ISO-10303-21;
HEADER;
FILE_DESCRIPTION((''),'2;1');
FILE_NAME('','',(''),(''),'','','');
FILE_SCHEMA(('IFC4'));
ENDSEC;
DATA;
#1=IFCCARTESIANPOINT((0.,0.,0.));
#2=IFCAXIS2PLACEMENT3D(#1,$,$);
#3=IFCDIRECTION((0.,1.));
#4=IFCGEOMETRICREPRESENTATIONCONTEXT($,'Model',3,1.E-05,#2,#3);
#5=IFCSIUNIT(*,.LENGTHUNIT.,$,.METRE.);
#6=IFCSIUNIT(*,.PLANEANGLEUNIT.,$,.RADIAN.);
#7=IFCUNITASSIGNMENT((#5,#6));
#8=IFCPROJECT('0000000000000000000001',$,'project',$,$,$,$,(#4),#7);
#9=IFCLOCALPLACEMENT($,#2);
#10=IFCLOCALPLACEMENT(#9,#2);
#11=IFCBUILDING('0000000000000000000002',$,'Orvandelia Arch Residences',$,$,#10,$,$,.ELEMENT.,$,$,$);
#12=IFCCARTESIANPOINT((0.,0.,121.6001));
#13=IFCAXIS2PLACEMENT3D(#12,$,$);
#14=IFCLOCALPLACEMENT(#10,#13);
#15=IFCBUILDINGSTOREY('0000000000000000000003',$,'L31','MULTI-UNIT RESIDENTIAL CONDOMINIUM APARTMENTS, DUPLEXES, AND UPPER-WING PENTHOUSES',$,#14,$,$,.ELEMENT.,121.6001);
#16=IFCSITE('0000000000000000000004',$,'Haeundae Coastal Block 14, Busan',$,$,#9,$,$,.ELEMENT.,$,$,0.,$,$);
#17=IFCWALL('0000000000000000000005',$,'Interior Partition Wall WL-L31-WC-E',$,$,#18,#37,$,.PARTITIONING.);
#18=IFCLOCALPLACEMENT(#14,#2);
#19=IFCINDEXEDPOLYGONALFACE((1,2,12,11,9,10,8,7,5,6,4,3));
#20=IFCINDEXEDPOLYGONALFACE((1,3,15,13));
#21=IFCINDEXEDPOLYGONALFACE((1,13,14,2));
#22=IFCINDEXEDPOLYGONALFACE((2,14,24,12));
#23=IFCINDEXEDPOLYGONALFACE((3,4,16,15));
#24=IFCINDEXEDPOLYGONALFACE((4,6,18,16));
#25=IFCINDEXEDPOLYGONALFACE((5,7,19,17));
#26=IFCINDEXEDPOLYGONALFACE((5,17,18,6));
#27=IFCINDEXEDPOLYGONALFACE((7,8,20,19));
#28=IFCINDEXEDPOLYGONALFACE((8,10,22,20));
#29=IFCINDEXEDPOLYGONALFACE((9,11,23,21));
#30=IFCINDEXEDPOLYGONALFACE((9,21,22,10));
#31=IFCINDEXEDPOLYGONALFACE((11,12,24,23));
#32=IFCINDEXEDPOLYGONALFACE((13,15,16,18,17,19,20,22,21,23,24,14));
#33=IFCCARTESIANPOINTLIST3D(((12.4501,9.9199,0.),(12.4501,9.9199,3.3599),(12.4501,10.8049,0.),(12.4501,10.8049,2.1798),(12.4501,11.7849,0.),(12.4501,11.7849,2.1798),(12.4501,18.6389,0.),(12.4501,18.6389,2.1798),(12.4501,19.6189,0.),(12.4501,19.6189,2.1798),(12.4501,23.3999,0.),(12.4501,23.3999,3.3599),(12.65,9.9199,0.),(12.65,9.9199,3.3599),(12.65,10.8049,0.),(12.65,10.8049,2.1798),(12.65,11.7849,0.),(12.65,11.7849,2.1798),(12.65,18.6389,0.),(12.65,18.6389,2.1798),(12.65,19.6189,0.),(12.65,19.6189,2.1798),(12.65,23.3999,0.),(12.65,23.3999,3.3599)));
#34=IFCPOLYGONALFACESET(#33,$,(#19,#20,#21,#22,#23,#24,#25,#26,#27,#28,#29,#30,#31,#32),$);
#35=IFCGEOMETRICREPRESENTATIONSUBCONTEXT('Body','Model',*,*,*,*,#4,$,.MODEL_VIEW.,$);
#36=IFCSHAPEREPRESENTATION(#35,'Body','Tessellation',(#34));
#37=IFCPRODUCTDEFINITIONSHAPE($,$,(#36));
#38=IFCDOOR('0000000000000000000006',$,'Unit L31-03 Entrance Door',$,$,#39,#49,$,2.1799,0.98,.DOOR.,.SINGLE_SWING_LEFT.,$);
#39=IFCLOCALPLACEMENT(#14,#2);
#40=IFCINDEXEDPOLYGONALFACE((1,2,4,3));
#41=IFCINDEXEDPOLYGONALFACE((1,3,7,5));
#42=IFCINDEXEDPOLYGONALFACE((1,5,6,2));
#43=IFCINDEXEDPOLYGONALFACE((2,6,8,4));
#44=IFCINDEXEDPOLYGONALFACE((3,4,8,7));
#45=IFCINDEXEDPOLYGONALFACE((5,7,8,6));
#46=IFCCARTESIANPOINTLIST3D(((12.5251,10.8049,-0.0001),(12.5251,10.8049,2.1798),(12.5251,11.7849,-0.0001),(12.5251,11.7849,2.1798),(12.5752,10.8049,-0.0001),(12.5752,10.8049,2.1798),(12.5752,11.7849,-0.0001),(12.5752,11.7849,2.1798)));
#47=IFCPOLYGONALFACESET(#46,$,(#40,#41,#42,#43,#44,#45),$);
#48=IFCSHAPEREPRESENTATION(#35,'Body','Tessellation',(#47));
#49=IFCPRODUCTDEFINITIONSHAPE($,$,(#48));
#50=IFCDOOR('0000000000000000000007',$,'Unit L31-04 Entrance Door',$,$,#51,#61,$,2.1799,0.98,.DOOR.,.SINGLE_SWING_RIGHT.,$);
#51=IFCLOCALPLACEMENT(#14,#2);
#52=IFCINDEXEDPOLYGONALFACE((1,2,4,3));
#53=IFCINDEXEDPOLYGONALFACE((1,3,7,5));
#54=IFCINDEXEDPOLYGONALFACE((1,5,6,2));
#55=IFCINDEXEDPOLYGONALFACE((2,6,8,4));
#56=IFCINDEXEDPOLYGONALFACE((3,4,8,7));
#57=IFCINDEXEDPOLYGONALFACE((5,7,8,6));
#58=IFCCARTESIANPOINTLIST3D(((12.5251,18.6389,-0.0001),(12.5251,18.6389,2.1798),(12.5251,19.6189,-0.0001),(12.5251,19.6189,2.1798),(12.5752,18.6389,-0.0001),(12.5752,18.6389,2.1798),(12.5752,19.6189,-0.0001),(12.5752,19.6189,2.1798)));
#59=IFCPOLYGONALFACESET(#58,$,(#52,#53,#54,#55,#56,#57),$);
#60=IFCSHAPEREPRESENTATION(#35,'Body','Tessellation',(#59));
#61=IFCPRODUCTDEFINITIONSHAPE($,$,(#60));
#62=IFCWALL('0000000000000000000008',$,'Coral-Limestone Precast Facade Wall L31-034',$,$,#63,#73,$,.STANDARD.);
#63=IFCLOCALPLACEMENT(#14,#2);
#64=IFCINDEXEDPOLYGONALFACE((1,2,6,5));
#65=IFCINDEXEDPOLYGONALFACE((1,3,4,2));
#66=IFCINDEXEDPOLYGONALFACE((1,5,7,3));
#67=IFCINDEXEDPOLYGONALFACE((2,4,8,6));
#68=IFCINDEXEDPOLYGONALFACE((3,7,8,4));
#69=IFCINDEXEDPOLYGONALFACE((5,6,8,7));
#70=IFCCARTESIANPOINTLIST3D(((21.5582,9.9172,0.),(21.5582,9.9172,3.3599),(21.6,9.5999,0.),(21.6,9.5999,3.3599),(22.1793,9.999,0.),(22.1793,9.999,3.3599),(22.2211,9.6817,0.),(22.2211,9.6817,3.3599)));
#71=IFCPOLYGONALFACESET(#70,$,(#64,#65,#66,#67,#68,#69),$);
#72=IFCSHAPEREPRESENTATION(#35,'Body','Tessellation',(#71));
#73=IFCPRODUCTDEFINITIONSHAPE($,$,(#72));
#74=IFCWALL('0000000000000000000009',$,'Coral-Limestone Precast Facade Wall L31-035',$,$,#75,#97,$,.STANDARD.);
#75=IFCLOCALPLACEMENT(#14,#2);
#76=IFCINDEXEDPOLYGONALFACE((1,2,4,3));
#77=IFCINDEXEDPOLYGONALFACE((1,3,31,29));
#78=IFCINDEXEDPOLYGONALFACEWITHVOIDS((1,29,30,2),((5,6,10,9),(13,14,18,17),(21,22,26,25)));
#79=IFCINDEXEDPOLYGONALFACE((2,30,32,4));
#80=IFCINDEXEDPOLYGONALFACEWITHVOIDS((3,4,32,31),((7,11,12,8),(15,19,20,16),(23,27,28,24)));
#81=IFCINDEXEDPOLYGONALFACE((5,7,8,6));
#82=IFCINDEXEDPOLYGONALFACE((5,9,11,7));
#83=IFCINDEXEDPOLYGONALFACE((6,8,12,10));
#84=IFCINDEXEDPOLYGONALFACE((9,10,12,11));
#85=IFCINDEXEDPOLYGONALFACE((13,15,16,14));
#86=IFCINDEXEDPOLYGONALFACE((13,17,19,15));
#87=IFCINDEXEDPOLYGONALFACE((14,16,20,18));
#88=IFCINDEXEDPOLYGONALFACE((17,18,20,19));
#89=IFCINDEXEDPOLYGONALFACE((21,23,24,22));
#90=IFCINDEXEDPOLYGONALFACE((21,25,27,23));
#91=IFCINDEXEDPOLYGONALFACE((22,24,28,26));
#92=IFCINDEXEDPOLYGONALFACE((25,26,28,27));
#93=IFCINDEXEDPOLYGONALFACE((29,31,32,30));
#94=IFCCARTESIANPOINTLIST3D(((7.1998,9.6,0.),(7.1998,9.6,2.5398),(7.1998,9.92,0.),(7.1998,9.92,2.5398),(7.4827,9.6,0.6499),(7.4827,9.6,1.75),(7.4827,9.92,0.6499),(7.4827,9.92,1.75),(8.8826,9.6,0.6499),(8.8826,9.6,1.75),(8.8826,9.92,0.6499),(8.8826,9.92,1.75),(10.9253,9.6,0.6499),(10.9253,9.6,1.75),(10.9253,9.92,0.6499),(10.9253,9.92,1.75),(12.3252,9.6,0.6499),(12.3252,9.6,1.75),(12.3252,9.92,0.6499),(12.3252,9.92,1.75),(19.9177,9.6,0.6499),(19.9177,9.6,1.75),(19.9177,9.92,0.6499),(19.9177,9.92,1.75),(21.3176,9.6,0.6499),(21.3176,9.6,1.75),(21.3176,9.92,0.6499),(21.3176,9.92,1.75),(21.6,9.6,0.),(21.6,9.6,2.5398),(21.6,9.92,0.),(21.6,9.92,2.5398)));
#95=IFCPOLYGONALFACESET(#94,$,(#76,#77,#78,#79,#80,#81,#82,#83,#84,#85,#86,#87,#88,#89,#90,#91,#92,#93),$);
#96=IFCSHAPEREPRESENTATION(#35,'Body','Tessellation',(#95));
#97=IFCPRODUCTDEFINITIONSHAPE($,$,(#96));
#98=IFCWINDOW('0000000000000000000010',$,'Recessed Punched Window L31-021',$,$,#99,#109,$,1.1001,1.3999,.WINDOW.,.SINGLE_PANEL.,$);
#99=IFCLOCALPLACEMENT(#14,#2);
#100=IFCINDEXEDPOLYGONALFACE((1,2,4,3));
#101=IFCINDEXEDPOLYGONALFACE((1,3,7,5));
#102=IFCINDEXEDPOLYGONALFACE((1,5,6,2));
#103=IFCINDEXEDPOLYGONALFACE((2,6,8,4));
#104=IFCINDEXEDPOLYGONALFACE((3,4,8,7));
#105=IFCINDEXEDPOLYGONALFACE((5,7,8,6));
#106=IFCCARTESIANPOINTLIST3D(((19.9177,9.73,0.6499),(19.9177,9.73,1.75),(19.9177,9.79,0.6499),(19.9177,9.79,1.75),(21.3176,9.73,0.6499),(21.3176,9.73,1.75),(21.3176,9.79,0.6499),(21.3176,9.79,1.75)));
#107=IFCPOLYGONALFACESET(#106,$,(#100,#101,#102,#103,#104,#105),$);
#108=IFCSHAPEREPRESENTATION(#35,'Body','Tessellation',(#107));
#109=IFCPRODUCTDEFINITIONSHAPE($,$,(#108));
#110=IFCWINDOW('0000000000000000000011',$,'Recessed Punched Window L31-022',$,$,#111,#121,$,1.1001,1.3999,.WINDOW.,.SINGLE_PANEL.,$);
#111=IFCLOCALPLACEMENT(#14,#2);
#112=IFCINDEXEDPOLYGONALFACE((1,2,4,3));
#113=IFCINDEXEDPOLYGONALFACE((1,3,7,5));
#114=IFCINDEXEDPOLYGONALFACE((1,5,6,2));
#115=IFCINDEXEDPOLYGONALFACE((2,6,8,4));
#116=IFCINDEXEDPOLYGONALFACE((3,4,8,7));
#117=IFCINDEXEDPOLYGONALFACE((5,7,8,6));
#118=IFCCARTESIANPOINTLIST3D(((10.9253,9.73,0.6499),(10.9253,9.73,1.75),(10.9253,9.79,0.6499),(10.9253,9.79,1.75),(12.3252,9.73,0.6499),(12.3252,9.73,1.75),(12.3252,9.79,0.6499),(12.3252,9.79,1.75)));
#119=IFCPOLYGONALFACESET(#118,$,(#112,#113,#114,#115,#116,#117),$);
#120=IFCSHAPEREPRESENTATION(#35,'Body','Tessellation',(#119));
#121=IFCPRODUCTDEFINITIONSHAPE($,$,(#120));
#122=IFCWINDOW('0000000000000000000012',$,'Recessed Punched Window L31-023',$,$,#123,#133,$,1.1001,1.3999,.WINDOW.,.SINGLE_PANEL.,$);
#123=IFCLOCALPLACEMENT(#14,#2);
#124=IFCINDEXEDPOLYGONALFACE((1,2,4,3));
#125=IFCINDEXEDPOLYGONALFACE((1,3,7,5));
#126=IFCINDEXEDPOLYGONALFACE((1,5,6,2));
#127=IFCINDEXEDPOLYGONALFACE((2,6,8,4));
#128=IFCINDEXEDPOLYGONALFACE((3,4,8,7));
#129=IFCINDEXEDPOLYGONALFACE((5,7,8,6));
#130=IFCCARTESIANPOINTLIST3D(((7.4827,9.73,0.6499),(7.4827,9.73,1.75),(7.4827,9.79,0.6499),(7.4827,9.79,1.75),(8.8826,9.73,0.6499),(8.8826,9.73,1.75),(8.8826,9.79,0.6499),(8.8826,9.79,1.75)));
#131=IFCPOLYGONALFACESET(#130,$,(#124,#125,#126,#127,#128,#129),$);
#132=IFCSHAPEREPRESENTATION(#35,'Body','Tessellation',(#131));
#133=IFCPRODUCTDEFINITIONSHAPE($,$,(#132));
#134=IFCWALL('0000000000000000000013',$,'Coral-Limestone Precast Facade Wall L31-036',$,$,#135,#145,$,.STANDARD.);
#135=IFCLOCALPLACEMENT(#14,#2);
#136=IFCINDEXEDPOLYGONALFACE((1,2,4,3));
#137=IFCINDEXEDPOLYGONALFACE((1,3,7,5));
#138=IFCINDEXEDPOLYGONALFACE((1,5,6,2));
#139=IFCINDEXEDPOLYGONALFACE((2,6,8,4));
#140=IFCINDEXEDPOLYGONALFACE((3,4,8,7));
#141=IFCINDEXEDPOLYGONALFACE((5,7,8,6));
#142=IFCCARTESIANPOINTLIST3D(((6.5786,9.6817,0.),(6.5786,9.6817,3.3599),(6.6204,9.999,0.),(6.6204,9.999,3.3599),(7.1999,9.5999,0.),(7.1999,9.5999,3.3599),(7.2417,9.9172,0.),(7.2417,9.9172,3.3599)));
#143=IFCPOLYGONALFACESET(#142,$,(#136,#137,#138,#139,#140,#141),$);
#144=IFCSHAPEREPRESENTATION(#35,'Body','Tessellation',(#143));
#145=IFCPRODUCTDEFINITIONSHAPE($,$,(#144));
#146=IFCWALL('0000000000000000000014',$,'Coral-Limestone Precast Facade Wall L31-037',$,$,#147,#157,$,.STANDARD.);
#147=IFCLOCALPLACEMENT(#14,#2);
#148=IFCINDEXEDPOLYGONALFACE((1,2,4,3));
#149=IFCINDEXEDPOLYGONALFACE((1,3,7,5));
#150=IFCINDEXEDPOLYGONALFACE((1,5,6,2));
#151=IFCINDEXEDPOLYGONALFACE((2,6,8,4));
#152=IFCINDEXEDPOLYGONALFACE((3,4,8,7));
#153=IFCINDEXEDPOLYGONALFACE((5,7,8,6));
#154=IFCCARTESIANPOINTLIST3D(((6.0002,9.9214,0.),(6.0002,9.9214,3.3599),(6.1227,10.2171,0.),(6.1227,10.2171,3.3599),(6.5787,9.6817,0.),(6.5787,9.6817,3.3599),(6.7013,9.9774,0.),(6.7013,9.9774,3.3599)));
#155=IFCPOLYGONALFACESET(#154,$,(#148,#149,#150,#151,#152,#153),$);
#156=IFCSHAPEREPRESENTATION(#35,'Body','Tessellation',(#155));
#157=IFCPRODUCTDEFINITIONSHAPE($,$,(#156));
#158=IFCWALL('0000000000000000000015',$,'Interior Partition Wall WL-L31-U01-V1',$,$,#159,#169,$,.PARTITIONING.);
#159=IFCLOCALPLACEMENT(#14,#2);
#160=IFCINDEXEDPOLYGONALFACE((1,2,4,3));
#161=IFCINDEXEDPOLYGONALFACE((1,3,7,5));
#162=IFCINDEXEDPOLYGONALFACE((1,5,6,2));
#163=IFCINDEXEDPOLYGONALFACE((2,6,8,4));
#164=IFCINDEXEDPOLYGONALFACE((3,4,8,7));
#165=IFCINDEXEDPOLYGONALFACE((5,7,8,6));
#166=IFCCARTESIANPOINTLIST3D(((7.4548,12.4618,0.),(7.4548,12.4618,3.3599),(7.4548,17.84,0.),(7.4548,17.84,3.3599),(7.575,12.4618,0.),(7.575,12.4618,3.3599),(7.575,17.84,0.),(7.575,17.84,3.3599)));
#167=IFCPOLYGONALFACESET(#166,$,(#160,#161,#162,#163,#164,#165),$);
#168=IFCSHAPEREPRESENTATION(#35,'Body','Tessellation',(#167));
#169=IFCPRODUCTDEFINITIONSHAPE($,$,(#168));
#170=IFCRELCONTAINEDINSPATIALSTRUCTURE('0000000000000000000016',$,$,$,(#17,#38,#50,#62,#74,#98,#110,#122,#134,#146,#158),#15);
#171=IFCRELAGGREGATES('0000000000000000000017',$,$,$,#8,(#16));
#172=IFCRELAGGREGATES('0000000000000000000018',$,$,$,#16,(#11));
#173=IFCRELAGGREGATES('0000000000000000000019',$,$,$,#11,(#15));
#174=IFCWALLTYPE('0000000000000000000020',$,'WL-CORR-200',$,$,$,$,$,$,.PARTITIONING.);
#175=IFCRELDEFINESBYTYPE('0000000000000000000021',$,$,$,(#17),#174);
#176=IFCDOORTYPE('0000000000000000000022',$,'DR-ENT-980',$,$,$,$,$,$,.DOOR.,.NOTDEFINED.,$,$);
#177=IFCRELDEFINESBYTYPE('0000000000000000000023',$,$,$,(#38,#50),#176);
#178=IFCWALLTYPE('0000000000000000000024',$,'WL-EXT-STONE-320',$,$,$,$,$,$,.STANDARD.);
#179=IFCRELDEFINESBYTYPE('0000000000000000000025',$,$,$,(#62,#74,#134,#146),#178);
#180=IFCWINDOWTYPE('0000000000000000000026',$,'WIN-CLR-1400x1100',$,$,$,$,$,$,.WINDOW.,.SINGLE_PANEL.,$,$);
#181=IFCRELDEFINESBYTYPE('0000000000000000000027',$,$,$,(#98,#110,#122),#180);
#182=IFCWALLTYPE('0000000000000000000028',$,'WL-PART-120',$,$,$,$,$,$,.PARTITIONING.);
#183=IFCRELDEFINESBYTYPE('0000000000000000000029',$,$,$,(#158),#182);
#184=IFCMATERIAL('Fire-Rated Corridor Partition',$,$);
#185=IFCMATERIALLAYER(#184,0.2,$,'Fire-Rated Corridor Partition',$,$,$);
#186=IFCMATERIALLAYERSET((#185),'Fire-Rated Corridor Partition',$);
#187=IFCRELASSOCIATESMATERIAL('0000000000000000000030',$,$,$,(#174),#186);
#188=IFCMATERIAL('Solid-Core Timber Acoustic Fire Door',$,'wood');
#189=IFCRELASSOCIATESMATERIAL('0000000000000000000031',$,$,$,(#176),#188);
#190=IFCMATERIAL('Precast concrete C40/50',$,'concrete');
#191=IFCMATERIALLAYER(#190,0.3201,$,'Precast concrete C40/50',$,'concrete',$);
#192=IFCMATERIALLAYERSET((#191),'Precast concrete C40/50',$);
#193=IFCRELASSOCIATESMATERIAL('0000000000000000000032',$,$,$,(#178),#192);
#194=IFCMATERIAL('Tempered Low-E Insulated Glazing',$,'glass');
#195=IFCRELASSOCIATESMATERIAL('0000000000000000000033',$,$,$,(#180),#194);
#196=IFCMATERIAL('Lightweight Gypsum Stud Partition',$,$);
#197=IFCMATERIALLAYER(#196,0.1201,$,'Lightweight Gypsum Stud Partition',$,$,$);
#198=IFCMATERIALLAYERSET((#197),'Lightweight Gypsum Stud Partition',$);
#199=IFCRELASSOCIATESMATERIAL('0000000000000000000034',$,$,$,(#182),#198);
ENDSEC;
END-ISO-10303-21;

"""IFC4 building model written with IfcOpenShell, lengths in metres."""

from ifc_helpers import new_model, si_unit, direction, frame, frame_2d, origin, place, context, subcontext, project, spatial, rectangle, extrude, material, layer, layer_set, type_object, element, fill, save


model = new_model("IFC4")

# Units and contexts
model_context = context("Model", 3, precision=1e-05, world=origin(), true_north=direction((0.0, 1.0)))
body_context = subcontext(model_context, "Body", "Model", "MODEL_VIEW")
ifc_project = project(units=[si_unit("LENGTHUNIT", "METRE"), si_unit("PLANEANGLEUNIT", "RADIAN")], contexts=[model_context])

# Site, building, storey
site_placement = place(None, origin())
site = spatial("IfcSite", under=ifc_project, at=site_placement, Name="Haeundae Coastal Block 14, Busan", CompositionType="ELEMENT", RefElevation=0.0)
building_placement = place(site_placement, origin())
building = spatial("IfcBuilding", under=site, at=building_placement, Name="Orvandelia Arch Residences", CompositionType="ELEMENT")
storey_placement = place(building_placement, frame((0.0, 0.0, 121.6001)))
storey = spatial("IfcBuildingStorey", under=building, at=storey_placement, Name="L31", Description="MULTI-UNIT RESIDENTIAL CONDOMINIUM APARTMENTS, DUPLEXES, AND UPPER-WING PENTHOUSES", CompositionType="ELEMENT", Elevation=121.6001)

# Wall, openings, doors
ifc_material_1 = material(Name="Fire-Rated Corridor Partition")
ifc_layer_1 = layer(ifc_material_1, 0.2, Name="Fire-Rated Corridor Partition")
ifc_layer_set_1 = layer_set([ifc_layer_1], Name="Fire-Rated Corridor Partition")
wall_type_1 = type_object("IfcWallType", Name="WL-CORR-200", PredefinedType="PARTITIONING", material=ifc_layer_set_1)
ifc_material_2 = material(Name="Solid-Core Timber Acoustic Fire Door", Category="wood")
door_type_1 = type_object("IfcDoorType", Name="DR-ENT-980", OperationType="NOTDEFINED", PredefinedType="DOOR", material=ifc_material_2)
wall_1_placement = place(storey_placement, frame((12.55, 9.9199, 0.0), z_axis=(0.0, 0.0, 1.0), x_axis=(0.0, 1.0, 0.0)))
wall_1 = element("IfcWall", 1, at=wall_1_placement, inside=storey, type_object=wall_type_1, Name="Interior Partition Wall WL-L31-WC-E", PredefinedType="PARTITIONING", context=body_context, shape_type="SweptSolid", body=[
    extrude(rectangle(XDim=13.48, YDim=0.2, at=frame_2d((6.74, 0.0))), origin(), (0.0, 0.0, 1.0), 3.3599),
])
opening_1_placement = place(wall_1_placement, frame((0.885, 0.0, 0.0)))
opening_1 = element("IfcOpeningElement", 2, at=opening_1_placement, cuts=wall_1, PredefinedType="OPENING", context=body_context, shape_type="SweptSolid", body=[
    extrude(rectangle(XDim=0.98, YDim=2.1799, at=frame_2d((0.49, 1.0898))), frame((0.0, 0.1099, 0.0), z_axis=(0.0, -1.0, 0.0), x_axis=(1.0, 0.0, 0.0)), (0.0, 0.0, 1.0), 0.22),
])
opening_2_placement = place(wall_1_placement, frame((8.719, 0.0, 0.0)))
opening_2 = element("IfcOpeningElement", 3, at=opening_2_placement, cuts=wall_1, PredefinedType="OPENING", context=body_context, shape_type="SweptSolid", body=[
    extrude(rectangle(XDim=0.98, YDim=2.1799, at=frame_2d((0.49, 1.0898))), frame((0.0, 0.1099, 0.0), z_axis=(0.0, -1.0, 0.0), x_axis=(1.0, 0.0, 0.0)), (0.0, 0.0, 1.0), 0.22),
])
door_1_placement = place(opening_1_placement, origin())
door_1 = element("IfcDoor", 4, at=door_1_placement, inside=storey, type_object=door_type_1, Name="Unit L31-03 Entrance Door", OperationType="SINGLE_SWING_LEFT", OverallHeight=2.1799, OverallWidth=0.98, PredefinedType="DOOR", context=body_context, shape_type="SweptSolid", body=[
    extrude(rectangle(XDim=0.98, YDim=2.1799, at=frame_2d((0.49, 1.0898))), frame((0.0, 0.0249, 0.0), z_axis=(0.0, -1.0, 0.0), x_axis=(1.0, 0.0, 0.0)), (0.0, 0.0, 1.0), 0.05),
])
fill(opening_1, door_1)
door_2_placement = place(opening_2_placement, origin())
door_2 = element("IfcDoor", 5, at=door_2_placement, inside=storey, type_object=door_type_1, Name="Unit L31-04 Entrance Door", OperationType="SINGLE_SWING_RIGHT", OverallHeight=2.1799, OverallWidth=0.98, PredefinedType="DOOR", context=body_context, shape_type="SweptSolid", body=[
    extrude(rectangle(XDim=0.98, YDim=2.1799, at=frame_2d((0.49, 1.0898))), frame((0.0, 0.0249, 0.0), z_axis=(0.0, -1.0, 0.0), x_axis=(1.0, 0.0, 0.0)), (0.0, 0.0, 1.0), 0.05),
])
fill(opening_2, door_2)

# Wall
ifc_material_3 = material(Name="Precast concrete C40/50", Category="concrete")
ifc_layer_2 = layer(ifc_material_3, 0.3201, Name="Precast concrete C40/50", Category="concrete")
ifc_layer_set_2 = layer_set([ifc_layer_2], Name="Precast concrete C40/50")
wall_type_2 = type_object("IfcWallType", Name="WL-EXT-STONE-320", PredefinedType="STANDARD", material=ifc_layer_set_2)
wall_2_placement = place(storey_placement, frame((22.2002, 9.8403, 0.0), z_axis=(0.0, 0.0, 1.0), x_axis=(-0.991441, -0.130555, 0.0)))
element("IfcWall", 6, at=wall_2_placement, inside=storey, type_object=wall_type_2, Name="Coral-Limestone Precast Facade Wall L31-034", PredefinedType="STANDARD", context=body_context, shape_type="SweptSolid", body=[
    extrude(rectangle(XDim=0.6265, YDim=0.3201, at=frame_2d((0.3132, 0.0))), origin(), (0.0, 0.0, 1.0), 3.3599),
])

# Wall, openings, windows
wall_3_placement = place(storey_placement, frame((21.6001, 9.76, 0.0), z_axis=(0.0, 0.0, 1.0), x_axis=(-1.0, 0.0, 0.0)))
wall_3 = element("IfcWall", 7, at=wall_3_placement, inside=storey, type_object=wall_type_2, Name="Coral-Limestone Precast Facade Wall L31-035", PredefinedType="STANDARD", context=body_context, shape_type="SweptSolid", body=[
    extrude(rectangle(XDim=14.4001, YDim=0.3201, at=frame_2d((7.2002, 0.0))), origin(), (0.0, 0.0, 1.0), 2.5398),
])
opening_3_placement = place(wall_3_placement, frame((0.2825, 0.0, 0.6499)))
opening_3 = element("IfcOpeningElement", 8, at=opening_3_placement, cuts=wall_3, PredefinedType="OPENING", context=body_context, shape_type="SweptSolid", body=[
    extrude(rectangle(XDim=1.3999, YDim=1.1001, at=frame_2d((0.7, 0.55))), frame((0.0, 0.1699, 0.0), z_axis=(0.0, -1.0, 0.0), x_axis=(1.0, 0.0, 0.0)), (0.0, 0.0, 1.0), 0.3401),
])
opening_4_placement = place(wall_3_placement, frame((9.2749, 0.0, 0.6499)))
opening_4 = element("IfcOpeningElement", 9, at=opening_4_placement, cuts=wall_3, PredefinedType="OPENING", context=body_context, shape_type="SweptSolid", body=[
    extrude(rectangle(XDim=1.3999, YDim=1.1001, at=frame_2d((0.7, 0.55))), frame((0.0, 0.1699, 0.0), z_axis=(0.0, -1.0, 0.0), x_axis=(1.0, 0.0, 0.0)), (0.0, 0.0, 1.0), 0.3401),
])
opening_5_placement = place(wall_3_placement, frame((12.7175, 0.0, 0.6499)))
opening_5 = element("IfcOpeningElement", 10, at=opening_5_placement, cuts=wall_3, PredefinedType="OPENING", context=body_context, shape_type="SweptSolid", body=[
    extrude(rectangle(XDim=1.3999, YDim=1.1001, at=frame_2d((0.7, 0.55))), frame((0.0, 0.1699, 0.0), z_axis=(0.0, -1.0, 0.0), x_axis=(1.0, 0.0, 0.0)), (0.0, 0.0, 1.0), 0.3401),
])
ifc_material_4 = material(Name="Tempered Low-E Insulated Glazing", Category="glass")
window_type = type_object("IfcWindowType", Name="WIN-CLR-1400x1100", PartitioningType="SINGLE_PANEL", PredefinedType="WINDOW", material=ifc_material_4)
window_1_placement = place(opening_3_placement, origin())
window_1 = element("IfcWindow", 11, at=window_1_placement, inside=storey, type_object=window_type, Name="Recessed Punched Window L31-021", OverallHeight=1.1001, OverallWidth=1.3999, PartitioningType="SINGLE_PANEL", PredefinedType="WINDOW", context=body_context, shape_type="SweptSolid", body=[
    extrude(rectangle(XDim=1.3999, YDim=1.1001, at=frame_2d((0.7, 0.55))), frame((0.0, 0.03, 0.0), z_axis=(0.0, -1.0, 0.0), x_axis=(1.0, 0.0, 0.0)), (0.0, 0.0, 1.0), 0.0601),
])
fill(opening_3, window_1)
window_2_placement = place(opening_4_placement, origin())
window_2 = element("IfcWindow", 12, at=window_2_placement, inside=storey, type_object=window_type, Name="Recessed Punched Window L31-022", OverallHeight=1.1001, OverallWidth=1.3999, PartitioningType="SINGLE_PANEL", PredefinedType="WINDOW", context=body_context, shape_type="SweptSolid", body=[
    extrude(rectangle(XDim=1.3999, YDim=1.1001, at=frame_2d((0.7, 0.55))), frame((0.0, 0.03, 0.0), z_axis=(0.0, -1.0, 0.0), x_axis=(1.0, 0.0, 0.0)), (0.0, 0.0, 1.0), 0.0601),
])
fill(opening_4, window_2)
window_3_placement = place(opening_5_placement, origin())
window_3 = element("IfcWindow", 13, at=window_3_placement, inside=storey, type_object=window_type, Name="Recessed Punched Window L31-023", OverallHeight=1.1001, OverallWidth=1.3999, PartitioningType="SINGLE_PANEL", PredefinedType="WINDOW", context=body_context, shape_type="SweptSolid", body=[
    extrude(rectangle(XDim=1.3999, YDim=1.1001, at=frame_2d((0.7, 0.55))), frame((0.0, 0.03, 0.0), z_axis=(0.0, -1.0, 0.0), x_axis=(1.0, 0.0, 0.0)), (0.0, 0.0, 1.0), 0.0601),
])
fill(opening_5, window_3)

# Walls
wall_4_placement = place(storey_placement, frame((7.2209, 9.7585, 0.0), z_axis=(0.0, 0.0, 1.0), x_axis=(-0.991448, 0.130505, 0.0)))
element("IfcWall", 14, at=wall_4_placement, inside=storey, type_object=wall_type_2, Name="Coral-Limestone Precast Facade Wall L31-036", PredefinedType="STANDARD", context=body_context, shape_type="SweptSolid", body=[
    extrude(rectangle(XDim=0.6267, YDim=0.3201, at=frame_2d((0.3135, 0.0))), origin(), (0.0, 0.0, 1.0), 3.3599),
])
wall_5_placement = place(storey_placement, frame((6.6399, 9.8296, 0.0), z_axis=(0.0, 0.0, 1.0), x_axis=(-0.923836, 0.382788, 0.0)))
element("IfcWall", 15, at=wall_5_placement, inside=storey, type_object=wall_type_2, Name="Coral-Limestone Precast Facade Wall L31-037", PredefinedType="STANDARD", context=body_context, shape_type="SweptSolid", body=[
    extrude(rectangle(XDim=0.6262, YDim=0.3201, at=frame_2d((0.313, 0.0))), origin(), (0.0, 0.0, 1.0), 3.3599),
])
ifc_material_5 = material(Name="Lightweight Gypsum Stud Partition")
ifc_layer_3 = layer(ifc_material_5, 0.1201, Name="Lightweight Gypsum Stud Partition")
ifc_layer_set_3 = layer_set([ifc_layer_3], Name="Lightweight Gypsum Stud Partition")
wall_type_3 = type_object("IfcWallType", Name="WL-PART-120", PredefinedType="PARTITIONING", material=ifc_layer_set_3)
wall_6_placement = place(storey_placement, frame((7.5149, 12.4619, 0.0), z_axis=(0.0, 0.0, 1.0), x_axis=(0.0, 1.0, 0.0)))
element("IfcWall", 16, at=wall_6_placement, inside=storey, type_object=wall_type_3, Name="Interior Partition Wall WL-L31-U01-V1", PredefinedType="PARTITIONING", context=body_context, shape_type="SweptSolid", body=[
    extrude(rectangle(XDim=5.3782, YDim=0.1201, at=frame_2d((2.689, 0.0))), origin(), (0.0, 0.0, 1.0), 3.3599),
])

save(model, "model.ifc")
